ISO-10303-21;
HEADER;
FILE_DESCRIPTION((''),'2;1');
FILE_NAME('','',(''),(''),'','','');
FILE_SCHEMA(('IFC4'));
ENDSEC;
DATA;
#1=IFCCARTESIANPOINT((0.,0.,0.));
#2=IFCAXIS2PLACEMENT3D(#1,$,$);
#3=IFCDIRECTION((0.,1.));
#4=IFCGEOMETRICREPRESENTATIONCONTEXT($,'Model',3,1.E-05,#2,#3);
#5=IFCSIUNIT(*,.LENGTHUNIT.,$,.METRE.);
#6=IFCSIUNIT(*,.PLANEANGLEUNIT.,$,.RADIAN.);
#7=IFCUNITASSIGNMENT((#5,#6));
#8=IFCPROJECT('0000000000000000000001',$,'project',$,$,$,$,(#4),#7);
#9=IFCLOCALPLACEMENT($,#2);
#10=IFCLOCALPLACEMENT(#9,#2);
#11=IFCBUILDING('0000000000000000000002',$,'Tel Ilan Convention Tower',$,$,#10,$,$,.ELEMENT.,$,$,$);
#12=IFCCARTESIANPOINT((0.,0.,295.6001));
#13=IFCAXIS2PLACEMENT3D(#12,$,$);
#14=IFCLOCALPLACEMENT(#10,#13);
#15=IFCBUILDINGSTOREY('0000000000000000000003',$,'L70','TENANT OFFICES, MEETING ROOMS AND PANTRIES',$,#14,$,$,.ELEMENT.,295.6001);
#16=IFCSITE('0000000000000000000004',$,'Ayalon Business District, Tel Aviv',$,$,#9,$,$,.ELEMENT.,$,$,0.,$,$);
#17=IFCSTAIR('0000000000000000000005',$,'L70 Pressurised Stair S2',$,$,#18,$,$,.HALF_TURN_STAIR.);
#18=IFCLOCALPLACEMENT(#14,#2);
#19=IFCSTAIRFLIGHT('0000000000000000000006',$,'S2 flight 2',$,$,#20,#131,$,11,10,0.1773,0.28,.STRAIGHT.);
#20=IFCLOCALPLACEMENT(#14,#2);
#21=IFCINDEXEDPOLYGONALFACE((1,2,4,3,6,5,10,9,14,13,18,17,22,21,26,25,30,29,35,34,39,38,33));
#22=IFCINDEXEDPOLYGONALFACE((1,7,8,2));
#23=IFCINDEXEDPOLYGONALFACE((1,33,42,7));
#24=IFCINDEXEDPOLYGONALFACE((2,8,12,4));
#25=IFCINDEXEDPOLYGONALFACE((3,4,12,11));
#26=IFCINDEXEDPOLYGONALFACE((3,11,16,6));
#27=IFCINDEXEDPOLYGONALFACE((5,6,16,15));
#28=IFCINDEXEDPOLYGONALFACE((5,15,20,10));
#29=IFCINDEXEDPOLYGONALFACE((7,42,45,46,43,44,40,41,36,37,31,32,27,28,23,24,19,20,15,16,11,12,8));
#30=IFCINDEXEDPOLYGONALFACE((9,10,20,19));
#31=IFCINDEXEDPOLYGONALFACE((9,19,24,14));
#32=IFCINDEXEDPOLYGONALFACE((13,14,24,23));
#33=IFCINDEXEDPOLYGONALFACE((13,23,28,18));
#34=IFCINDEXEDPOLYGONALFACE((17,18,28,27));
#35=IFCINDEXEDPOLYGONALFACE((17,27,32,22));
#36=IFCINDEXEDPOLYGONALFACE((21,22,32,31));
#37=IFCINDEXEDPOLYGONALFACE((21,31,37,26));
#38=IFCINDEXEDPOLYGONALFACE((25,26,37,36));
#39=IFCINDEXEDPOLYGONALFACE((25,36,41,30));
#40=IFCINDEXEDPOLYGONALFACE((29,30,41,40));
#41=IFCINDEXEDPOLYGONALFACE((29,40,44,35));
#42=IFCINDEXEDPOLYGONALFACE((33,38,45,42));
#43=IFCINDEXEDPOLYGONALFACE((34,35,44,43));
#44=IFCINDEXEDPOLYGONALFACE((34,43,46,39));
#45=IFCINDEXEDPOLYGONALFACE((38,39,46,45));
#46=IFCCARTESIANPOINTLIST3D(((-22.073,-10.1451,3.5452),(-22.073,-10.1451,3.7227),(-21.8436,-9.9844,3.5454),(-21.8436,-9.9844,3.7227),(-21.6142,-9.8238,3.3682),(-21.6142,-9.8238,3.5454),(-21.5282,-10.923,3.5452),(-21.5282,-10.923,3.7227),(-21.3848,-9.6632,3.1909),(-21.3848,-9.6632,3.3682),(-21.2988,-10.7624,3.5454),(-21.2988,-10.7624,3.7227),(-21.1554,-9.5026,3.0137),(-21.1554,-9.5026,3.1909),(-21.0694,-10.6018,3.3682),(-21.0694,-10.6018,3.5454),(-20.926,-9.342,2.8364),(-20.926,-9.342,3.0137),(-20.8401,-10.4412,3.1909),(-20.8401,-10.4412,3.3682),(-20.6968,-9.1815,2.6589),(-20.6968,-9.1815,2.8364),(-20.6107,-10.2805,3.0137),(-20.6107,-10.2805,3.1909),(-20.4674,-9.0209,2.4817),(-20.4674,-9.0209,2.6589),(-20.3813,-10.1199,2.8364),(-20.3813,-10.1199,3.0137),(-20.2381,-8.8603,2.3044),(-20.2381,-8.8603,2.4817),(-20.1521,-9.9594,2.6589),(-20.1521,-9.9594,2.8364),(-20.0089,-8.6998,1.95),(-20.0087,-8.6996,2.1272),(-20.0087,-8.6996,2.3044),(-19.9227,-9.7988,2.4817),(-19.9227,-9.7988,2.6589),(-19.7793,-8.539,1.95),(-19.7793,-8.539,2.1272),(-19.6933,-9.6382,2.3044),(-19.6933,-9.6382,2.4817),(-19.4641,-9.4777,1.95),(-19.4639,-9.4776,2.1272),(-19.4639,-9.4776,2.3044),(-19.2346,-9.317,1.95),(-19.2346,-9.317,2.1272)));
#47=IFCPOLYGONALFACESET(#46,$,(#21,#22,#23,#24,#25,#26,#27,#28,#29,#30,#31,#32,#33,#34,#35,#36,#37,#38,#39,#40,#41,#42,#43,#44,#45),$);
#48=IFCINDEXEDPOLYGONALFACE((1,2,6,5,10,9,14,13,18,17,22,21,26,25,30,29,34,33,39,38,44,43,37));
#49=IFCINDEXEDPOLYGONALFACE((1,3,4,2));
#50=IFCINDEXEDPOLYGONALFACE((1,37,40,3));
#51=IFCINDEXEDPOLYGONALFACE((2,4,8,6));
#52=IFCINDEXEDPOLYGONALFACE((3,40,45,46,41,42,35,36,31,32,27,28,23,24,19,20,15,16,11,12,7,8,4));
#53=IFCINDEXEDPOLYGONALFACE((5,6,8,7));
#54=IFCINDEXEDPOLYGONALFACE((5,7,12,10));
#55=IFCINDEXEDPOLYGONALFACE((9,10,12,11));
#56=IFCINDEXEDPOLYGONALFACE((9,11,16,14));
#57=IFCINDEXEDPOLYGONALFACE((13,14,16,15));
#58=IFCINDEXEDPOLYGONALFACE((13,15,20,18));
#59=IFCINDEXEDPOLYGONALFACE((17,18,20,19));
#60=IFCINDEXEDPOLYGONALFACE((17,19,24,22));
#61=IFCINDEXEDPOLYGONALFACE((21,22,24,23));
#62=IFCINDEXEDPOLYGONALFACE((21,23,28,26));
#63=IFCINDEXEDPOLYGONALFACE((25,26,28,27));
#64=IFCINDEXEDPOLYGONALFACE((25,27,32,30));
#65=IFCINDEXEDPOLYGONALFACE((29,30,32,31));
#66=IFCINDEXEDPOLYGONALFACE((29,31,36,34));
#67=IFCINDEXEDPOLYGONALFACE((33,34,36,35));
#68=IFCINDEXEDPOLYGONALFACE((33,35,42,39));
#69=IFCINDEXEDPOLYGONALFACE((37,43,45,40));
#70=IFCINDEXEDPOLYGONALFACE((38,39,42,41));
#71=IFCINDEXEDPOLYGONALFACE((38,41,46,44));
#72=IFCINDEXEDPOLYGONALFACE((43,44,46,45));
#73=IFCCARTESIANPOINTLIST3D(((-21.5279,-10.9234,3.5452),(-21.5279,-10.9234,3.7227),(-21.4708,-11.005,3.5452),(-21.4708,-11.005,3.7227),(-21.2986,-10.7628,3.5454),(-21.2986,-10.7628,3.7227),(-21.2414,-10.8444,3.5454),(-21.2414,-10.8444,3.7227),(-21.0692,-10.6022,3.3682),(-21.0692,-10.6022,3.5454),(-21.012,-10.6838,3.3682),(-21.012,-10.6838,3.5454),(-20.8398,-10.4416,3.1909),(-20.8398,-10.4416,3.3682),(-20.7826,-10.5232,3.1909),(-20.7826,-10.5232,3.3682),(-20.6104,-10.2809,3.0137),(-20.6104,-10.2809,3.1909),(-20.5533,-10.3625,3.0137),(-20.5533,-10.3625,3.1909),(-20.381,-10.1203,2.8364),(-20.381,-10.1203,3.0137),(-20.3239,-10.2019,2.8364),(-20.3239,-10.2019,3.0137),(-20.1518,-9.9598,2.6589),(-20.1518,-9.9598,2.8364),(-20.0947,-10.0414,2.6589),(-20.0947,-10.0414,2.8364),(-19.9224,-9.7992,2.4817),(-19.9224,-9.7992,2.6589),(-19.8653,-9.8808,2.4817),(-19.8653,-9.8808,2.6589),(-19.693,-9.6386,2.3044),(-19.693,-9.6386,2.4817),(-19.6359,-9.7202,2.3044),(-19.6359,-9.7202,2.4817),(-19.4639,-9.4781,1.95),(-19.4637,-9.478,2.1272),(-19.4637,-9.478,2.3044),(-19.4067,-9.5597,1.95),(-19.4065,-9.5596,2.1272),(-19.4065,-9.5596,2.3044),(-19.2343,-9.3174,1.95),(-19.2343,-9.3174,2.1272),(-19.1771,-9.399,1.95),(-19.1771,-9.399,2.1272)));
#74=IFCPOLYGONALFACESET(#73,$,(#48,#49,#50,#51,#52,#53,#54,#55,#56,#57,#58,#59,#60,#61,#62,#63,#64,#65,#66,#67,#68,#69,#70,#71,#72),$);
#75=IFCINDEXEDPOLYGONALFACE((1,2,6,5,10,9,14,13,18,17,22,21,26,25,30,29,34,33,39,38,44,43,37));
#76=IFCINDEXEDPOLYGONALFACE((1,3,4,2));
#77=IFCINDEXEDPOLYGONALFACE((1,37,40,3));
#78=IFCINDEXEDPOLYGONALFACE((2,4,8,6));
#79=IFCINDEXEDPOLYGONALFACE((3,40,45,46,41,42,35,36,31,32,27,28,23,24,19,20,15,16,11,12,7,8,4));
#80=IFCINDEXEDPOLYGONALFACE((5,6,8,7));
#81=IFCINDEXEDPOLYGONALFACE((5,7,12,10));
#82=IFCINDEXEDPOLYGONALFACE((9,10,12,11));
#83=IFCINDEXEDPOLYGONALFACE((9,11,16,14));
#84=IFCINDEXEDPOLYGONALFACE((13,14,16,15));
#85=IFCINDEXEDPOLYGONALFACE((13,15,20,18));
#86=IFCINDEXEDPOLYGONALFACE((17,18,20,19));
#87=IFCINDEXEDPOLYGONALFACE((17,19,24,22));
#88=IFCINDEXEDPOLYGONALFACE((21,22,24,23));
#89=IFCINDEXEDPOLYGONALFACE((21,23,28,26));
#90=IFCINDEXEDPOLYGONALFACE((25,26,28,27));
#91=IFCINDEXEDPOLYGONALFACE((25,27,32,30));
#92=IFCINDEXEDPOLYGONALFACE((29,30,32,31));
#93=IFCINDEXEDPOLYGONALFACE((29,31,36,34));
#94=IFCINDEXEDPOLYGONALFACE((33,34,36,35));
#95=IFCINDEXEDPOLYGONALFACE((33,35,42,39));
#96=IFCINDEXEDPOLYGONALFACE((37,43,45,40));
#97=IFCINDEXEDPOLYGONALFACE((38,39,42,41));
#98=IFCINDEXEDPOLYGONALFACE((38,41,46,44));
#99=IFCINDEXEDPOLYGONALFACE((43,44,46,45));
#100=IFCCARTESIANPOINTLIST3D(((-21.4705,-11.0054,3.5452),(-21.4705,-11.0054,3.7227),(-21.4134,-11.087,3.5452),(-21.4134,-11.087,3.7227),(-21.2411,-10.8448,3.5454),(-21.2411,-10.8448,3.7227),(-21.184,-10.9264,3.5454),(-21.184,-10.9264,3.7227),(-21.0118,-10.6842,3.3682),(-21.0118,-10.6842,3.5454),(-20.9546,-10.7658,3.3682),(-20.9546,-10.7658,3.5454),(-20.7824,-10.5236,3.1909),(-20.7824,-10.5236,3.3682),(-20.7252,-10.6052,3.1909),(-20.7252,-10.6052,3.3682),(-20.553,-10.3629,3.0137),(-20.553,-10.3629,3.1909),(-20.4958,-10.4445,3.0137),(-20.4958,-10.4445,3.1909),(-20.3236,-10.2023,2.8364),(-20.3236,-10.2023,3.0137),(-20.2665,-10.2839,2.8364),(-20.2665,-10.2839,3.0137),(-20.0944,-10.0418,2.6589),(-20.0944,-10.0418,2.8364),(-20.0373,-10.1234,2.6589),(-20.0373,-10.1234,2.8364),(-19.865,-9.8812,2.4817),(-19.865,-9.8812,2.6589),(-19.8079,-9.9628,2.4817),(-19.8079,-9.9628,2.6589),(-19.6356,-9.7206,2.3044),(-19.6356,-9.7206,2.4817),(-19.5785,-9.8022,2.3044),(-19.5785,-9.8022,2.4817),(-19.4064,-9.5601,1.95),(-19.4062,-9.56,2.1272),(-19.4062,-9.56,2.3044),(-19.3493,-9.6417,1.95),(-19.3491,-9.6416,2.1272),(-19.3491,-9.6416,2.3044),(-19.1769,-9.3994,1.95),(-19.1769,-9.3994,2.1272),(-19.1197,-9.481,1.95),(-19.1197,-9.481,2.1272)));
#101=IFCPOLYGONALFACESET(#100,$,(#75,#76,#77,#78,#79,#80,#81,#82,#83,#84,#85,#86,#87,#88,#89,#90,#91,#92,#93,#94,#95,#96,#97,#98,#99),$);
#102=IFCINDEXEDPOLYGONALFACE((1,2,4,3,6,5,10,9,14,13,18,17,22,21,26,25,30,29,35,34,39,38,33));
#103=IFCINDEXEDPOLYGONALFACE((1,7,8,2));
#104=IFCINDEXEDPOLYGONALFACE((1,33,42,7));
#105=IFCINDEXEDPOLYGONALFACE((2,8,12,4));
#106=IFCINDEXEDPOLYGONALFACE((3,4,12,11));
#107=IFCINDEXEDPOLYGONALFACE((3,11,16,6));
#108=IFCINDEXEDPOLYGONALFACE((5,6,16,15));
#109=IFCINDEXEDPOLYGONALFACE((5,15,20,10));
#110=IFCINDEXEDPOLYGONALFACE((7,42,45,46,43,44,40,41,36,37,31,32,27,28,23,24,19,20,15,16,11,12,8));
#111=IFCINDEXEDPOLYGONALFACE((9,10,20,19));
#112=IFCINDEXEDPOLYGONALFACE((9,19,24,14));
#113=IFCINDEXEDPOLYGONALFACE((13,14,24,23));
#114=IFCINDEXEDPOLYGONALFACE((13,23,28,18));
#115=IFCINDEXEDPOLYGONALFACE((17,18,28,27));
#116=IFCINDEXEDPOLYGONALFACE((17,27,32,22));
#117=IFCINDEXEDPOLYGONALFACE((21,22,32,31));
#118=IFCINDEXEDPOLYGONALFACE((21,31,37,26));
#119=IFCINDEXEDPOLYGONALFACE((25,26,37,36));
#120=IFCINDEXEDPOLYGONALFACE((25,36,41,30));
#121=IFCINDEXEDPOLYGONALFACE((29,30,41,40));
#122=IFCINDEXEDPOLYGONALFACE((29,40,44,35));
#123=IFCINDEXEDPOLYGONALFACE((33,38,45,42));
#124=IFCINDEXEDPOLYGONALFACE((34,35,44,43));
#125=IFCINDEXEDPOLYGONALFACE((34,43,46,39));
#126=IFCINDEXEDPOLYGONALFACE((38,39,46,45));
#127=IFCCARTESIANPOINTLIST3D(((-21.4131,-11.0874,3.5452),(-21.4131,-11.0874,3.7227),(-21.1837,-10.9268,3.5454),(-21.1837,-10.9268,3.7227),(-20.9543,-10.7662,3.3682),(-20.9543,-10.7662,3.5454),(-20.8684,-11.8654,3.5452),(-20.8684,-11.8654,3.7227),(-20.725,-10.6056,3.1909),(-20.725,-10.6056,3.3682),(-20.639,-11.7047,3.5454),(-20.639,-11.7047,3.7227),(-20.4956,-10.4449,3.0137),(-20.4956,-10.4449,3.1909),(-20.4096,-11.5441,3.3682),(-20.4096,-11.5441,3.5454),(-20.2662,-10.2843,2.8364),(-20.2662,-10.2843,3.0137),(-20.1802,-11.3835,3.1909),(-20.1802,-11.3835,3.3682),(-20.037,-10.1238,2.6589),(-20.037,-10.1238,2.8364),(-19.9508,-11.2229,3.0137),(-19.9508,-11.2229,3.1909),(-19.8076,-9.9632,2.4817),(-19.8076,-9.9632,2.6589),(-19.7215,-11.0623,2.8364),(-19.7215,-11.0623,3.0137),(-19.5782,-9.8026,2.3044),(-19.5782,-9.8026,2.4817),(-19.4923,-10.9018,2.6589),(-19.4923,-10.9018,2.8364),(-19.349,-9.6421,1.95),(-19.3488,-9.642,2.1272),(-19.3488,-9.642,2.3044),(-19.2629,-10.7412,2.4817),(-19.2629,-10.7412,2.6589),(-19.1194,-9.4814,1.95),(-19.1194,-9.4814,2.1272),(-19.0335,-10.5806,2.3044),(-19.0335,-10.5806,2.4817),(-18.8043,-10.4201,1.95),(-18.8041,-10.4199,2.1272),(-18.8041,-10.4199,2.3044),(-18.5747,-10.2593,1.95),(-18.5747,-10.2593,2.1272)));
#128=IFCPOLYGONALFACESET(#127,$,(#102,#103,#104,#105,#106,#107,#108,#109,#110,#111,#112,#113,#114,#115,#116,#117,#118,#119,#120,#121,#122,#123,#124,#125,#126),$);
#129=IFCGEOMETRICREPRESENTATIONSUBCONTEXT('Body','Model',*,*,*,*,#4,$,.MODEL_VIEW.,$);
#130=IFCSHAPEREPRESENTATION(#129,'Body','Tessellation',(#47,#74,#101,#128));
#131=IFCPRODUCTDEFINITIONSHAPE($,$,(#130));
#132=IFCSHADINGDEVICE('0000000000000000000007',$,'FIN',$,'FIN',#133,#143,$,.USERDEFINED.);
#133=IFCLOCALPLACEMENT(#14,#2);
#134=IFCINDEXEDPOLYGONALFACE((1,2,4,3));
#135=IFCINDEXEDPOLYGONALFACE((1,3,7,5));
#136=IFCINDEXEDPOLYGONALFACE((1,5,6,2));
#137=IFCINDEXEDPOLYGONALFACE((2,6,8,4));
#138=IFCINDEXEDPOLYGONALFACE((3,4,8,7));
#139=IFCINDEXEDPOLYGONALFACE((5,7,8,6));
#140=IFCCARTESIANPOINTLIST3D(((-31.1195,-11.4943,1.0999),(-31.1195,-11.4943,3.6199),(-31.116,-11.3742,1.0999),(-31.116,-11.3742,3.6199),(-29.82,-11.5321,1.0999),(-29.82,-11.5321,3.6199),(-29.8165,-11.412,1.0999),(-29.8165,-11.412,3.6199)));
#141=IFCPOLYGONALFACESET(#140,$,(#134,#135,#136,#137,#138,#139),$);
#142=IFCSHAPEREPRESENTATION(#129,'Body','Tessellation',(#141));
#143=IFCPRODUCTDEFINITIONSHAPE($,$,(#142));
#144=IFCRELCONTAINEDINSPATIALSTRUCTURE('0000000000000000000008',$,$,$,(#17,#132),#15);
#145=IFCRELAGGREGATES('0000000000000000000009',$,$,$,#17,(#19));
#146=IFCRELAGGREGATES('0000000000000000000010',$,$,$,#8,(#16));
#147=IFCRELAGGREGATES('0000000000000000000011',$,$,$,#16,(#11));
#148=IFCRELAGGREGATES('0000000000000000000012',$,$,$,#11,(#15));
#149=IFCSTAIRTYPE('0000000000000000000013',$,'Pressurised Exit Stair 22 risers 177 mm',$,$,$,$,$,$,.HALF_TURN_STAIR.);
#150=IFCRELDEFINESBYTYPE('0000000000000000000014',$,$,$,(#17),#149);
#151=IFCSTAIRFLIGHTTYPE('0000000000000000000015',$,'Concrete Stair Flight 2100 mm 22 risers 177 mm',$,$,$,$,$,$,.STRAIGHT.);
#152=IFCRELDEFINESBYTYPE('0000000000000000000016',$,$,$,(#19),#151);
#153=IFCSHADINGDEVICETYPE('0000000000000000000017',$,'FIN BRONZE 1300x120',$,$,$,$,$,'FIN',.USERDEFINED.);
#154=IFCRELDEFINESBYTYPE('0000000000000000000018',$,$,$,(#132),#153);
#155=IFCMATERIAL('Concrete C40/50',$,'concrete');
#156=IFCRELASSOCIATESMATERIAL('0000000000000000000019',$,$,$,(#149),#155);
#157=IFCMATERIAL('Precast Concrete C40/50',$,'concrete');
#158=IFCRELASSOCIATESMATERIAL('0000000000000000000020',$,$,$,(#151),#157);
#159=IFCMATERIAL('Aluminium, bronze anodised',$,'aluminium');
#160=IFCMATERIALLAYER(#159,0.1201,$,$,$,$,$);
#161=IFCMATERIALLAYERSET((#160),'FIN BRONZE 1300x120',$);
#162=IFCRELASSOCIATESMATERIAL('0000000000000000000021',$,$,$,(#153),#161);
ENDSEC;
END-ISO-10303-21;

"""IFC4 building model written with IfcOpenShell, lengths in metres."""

from ifc_helpers import new_model, si_unit, direction, frame, origin, origin_2d, place, context, subcontext, project, spatial, polyline, rectangle, outline, extrude, material, layer, layer_set, type_object, element, aggregate, save


model = new_model("IFC4")

# Units and contexts
model_context = context("Model", 3, precision=1e-05, world=origin(), true_north=direction((0.0, 1.0)))
body_context = subcontext(model_context, "Body", "Model", "MODEL_VIEW")
ifc_project = project(units=[si_unit("LENGTHUNIT", "METRE"), si_unit("PLANEANGLEUNIT", "RADIAN")], contexts=[model_context])

# Site, building, storey
site_placement = place(None, origin())
site = spatial("IfcSite", under=ifc_project, at=site_placement, Name="Ayalon Business District, Tel Aviv", CompositionType="ELEMENT", RefElevation=0.0)
building_placement = place(site_placement, origin())
building = spatial("IfcBuilding", under=site, at=building_placement, Name="Tel Ilan Convention Tower", CompositionType="ELEMENT")
storey_placement = place(building_placement, frame((0.0, 0.0, 295.6001)))
storey = spatial("IfcBuildingStorey", under=building, at=storey_placement, Name="L70", Description="TENANT OFFICES, MEETING ROOMS AND PANTRIES", CompositionType="ELEMENT", Elevation=295.6001)

# Shared definitions
ifc_material_1 = material(Name="Concrete C40/50", Category="concrete")
stair_type = type_object("IfcStairType", Name="Pressurised Exit Stair 22 risers 177 mm", PredefinedType="HALF_TURN_STAIR", material=ifc_material_1)
ifc_material_2 = material(Name="Precast Concrete C40/50", Category="concrete")
stair_flight_type = type_object("IfcStairFlightType", Name="Concrete Stair Flight 2100 mm 22 risers 177 mm", PredefinedType="STRAIGHT", material=ifc_material_2)

# Stair, stair flight
stair_1_placement = place(storey_placement, origin())
stair_1 = element("IfcStair", 1, at=stair_1_placement, inside=storey, type_object=stair_type, Name="L70 Pressurised Stair S2", PredefinedType="HALF_TURN_STAIR")
stair_flight_1_placement = place(storey_placement, frame((-19.177, -9.3992, 1.95), z_axis=(0.0, 0.0, 1.0), x_axis=(-0.819152, -0.573576, 0.0)))
stair_flight_1 = element("IfcStairFlight", 2, at=stair_flight_1_placement, type_object=stair_flight_type, Name="S2 flight 2", NumberOfRisers=11, NumberOfTreads=10, PredefinedType="STRAIGHT", RiserHeight=0.1773, TreadLength=0.28, context=body_context, shape_type="SweptSolid", body=[
    extrude(outline(polyline([(0.0, 0.0), (0.0, 0.1772), (0.28, 0.1772), (0.28, 0.3545), (0.5601, 0.3545), (0.5601, 0.5317), (0.8401, 0.5317), (0.8401, 0.709), (1.1201, 0.709), (1.1201, 0.8865), (1.3999, 0.8865), (1.3999, 1.0637), (1.6799, 1.0637), (1.6799, 1.241), (1.96, 1.241), (1.96, 1.4182), (2.24, 1.4182), (2.24, 1.5955), (2.52, 1.5955), (2.52, 1.7727), (2.8, 1.7727), (2.8, 1.95), (2.8, 1.5952), (0.2803, 0.0), (0.0, 0.0)])), frame((0.0, -0.1003, 0.0), z_axis=(0.0, -1.0, 0.0), x_axis=(1.0, 0.0, 0.0)), (0.0, 0.0, 1.0), 0.9497),
    extrude(outline(polyline([(0.0, 0.0), (0.0, 0.1772), (0.28, 0.1772), (0.28, 0.3545), (0.5601, 0.3545), (0.5601, 0.5317), (0.8401, 0.5317), (0.8401, 0.709), (1.1201, 0.709), (1.1201, 0.8865), (1.3999, 0.8865), (1.3999, 1.0637), (1.6799, 1.0637), (1.6799, 1.241), (1.96, 1.241), (1.96, 1.4182), (2.24, 1.4182), (2.24, 1.5955), (2.52, 1.5955), (2.52, 1.7727), (2.8, 1.7727), (2.8, 1.95), (2.8, 1.5952), (0.2803, 0.0), (0.0, 0.0)])), frame((0.0, -0.0002, 0.0), z_axis=(0.0, -1.0, 0.0), x_axis=(1.0, 0.0, 0.0)), (0.0, 0.0, 1.0), 0.0996),
    extrude(outline(polyline([(0.0, 0.0), (0.0, 0.1772), (0.28, 0.1772), (0.28, 0.3545), (0.5601, 0.3545), (0.5601, 0.5317), (0.8401, 0.5317), (0.8401, 0.709), (1.1201, 0.709), (1.1201, 0.8865), (1.3999, 0.8865), (1.3999, 1.0637), (1.6799, 1.0637), (1.6799, 1.241), (1.96, 1.241), (1.96, 1.4182), (2.24, 1.4182), (2.24, 1.5955), (2.52, 1.5955), (2.52, 1.7727), (2.8, 1.7727), (2.8, 1.95), (2.8, 1.5952), (0.2803, 0.0), (0.0, 0.0)])), frame((0.0, 0.0999, 0.0), z_axis=(0.0, -1.0, 0.0), x_axis=(1.0, 0.0, 0.0)), (0.0, 0.0, 1.0), 0.0996),
    extrude(outline(polyline([(0.0, 0.0), (0.0, 0.1772), (0.28, 0.1772), (0.28, 0.3545), (0.5601, 0.3545), (0.5601, 0.5317), (0.8401, 0.5317), (0.8401, 0.709), (1.1201, 0.709), (1.1201, 0.8865), (1.3999, 0.8865), (1.3999, 1.0637), (1.6799, 1.0637), (1.6799, 1.241), (1.96, 1.241), (1.96, 1.4182), (2.24, 1.4182), (2.24, 1.5955), (2.52, 1.5955), (2.52, 1.7727), (2.8, 1.7727), (2.8, 1.95), (2.8, 1.5952), (0.2803, 0.0), (0.0, 0.0)])), frame((0.0, 1.05, 0.0), z_axis=(0.0, -1.0, 0.0), x_axis=(1.0, 0.0, 0.0)), (0.0, 0.0, 1.0), 0.9497),
])
aggregate(stair_1, [stair_flight_1])

# Shading device
ifc_material_3 = material(Name="Aluminium, bronze anodised", Category="aluminium")
ifc_layer_1 = layer(ifc_material_3, 0.1201)
ifc_layer_set_1 = layer_set([ifc_layer_1], Name="FIN BRONZE 1300x120")
shading_device_type = type_object("IfcShadingDeviceType", Name="FIN BRONZE 1300x120", ElementType="FIN", PredefinedType="USERDEFINED", material=ifc_layer_set_1)
shading_device_placement = place(storey_placement, frame((-30.468, -11.4531, 1.0999), z_axis=(0.0, 0.0, 1.0), x_axis=(-0.999577, 0.029085, 0.0)))
element("IfcShadingDevice", 3, at=shading_device_placement, inside=storey, type_object=shading_device_type, Name="FIN", ObjectType="FIN", PredefinedType="USERDEFINED", context=body_context, shape_type="SweptSolid", body=[
    extrude(rectangle(XDim=1.3, YDim=0.1201, at=origin_2d()), origin(), (0.0, 0.0, 1.0), 2.52),
])

save(model, "model.ifc")
